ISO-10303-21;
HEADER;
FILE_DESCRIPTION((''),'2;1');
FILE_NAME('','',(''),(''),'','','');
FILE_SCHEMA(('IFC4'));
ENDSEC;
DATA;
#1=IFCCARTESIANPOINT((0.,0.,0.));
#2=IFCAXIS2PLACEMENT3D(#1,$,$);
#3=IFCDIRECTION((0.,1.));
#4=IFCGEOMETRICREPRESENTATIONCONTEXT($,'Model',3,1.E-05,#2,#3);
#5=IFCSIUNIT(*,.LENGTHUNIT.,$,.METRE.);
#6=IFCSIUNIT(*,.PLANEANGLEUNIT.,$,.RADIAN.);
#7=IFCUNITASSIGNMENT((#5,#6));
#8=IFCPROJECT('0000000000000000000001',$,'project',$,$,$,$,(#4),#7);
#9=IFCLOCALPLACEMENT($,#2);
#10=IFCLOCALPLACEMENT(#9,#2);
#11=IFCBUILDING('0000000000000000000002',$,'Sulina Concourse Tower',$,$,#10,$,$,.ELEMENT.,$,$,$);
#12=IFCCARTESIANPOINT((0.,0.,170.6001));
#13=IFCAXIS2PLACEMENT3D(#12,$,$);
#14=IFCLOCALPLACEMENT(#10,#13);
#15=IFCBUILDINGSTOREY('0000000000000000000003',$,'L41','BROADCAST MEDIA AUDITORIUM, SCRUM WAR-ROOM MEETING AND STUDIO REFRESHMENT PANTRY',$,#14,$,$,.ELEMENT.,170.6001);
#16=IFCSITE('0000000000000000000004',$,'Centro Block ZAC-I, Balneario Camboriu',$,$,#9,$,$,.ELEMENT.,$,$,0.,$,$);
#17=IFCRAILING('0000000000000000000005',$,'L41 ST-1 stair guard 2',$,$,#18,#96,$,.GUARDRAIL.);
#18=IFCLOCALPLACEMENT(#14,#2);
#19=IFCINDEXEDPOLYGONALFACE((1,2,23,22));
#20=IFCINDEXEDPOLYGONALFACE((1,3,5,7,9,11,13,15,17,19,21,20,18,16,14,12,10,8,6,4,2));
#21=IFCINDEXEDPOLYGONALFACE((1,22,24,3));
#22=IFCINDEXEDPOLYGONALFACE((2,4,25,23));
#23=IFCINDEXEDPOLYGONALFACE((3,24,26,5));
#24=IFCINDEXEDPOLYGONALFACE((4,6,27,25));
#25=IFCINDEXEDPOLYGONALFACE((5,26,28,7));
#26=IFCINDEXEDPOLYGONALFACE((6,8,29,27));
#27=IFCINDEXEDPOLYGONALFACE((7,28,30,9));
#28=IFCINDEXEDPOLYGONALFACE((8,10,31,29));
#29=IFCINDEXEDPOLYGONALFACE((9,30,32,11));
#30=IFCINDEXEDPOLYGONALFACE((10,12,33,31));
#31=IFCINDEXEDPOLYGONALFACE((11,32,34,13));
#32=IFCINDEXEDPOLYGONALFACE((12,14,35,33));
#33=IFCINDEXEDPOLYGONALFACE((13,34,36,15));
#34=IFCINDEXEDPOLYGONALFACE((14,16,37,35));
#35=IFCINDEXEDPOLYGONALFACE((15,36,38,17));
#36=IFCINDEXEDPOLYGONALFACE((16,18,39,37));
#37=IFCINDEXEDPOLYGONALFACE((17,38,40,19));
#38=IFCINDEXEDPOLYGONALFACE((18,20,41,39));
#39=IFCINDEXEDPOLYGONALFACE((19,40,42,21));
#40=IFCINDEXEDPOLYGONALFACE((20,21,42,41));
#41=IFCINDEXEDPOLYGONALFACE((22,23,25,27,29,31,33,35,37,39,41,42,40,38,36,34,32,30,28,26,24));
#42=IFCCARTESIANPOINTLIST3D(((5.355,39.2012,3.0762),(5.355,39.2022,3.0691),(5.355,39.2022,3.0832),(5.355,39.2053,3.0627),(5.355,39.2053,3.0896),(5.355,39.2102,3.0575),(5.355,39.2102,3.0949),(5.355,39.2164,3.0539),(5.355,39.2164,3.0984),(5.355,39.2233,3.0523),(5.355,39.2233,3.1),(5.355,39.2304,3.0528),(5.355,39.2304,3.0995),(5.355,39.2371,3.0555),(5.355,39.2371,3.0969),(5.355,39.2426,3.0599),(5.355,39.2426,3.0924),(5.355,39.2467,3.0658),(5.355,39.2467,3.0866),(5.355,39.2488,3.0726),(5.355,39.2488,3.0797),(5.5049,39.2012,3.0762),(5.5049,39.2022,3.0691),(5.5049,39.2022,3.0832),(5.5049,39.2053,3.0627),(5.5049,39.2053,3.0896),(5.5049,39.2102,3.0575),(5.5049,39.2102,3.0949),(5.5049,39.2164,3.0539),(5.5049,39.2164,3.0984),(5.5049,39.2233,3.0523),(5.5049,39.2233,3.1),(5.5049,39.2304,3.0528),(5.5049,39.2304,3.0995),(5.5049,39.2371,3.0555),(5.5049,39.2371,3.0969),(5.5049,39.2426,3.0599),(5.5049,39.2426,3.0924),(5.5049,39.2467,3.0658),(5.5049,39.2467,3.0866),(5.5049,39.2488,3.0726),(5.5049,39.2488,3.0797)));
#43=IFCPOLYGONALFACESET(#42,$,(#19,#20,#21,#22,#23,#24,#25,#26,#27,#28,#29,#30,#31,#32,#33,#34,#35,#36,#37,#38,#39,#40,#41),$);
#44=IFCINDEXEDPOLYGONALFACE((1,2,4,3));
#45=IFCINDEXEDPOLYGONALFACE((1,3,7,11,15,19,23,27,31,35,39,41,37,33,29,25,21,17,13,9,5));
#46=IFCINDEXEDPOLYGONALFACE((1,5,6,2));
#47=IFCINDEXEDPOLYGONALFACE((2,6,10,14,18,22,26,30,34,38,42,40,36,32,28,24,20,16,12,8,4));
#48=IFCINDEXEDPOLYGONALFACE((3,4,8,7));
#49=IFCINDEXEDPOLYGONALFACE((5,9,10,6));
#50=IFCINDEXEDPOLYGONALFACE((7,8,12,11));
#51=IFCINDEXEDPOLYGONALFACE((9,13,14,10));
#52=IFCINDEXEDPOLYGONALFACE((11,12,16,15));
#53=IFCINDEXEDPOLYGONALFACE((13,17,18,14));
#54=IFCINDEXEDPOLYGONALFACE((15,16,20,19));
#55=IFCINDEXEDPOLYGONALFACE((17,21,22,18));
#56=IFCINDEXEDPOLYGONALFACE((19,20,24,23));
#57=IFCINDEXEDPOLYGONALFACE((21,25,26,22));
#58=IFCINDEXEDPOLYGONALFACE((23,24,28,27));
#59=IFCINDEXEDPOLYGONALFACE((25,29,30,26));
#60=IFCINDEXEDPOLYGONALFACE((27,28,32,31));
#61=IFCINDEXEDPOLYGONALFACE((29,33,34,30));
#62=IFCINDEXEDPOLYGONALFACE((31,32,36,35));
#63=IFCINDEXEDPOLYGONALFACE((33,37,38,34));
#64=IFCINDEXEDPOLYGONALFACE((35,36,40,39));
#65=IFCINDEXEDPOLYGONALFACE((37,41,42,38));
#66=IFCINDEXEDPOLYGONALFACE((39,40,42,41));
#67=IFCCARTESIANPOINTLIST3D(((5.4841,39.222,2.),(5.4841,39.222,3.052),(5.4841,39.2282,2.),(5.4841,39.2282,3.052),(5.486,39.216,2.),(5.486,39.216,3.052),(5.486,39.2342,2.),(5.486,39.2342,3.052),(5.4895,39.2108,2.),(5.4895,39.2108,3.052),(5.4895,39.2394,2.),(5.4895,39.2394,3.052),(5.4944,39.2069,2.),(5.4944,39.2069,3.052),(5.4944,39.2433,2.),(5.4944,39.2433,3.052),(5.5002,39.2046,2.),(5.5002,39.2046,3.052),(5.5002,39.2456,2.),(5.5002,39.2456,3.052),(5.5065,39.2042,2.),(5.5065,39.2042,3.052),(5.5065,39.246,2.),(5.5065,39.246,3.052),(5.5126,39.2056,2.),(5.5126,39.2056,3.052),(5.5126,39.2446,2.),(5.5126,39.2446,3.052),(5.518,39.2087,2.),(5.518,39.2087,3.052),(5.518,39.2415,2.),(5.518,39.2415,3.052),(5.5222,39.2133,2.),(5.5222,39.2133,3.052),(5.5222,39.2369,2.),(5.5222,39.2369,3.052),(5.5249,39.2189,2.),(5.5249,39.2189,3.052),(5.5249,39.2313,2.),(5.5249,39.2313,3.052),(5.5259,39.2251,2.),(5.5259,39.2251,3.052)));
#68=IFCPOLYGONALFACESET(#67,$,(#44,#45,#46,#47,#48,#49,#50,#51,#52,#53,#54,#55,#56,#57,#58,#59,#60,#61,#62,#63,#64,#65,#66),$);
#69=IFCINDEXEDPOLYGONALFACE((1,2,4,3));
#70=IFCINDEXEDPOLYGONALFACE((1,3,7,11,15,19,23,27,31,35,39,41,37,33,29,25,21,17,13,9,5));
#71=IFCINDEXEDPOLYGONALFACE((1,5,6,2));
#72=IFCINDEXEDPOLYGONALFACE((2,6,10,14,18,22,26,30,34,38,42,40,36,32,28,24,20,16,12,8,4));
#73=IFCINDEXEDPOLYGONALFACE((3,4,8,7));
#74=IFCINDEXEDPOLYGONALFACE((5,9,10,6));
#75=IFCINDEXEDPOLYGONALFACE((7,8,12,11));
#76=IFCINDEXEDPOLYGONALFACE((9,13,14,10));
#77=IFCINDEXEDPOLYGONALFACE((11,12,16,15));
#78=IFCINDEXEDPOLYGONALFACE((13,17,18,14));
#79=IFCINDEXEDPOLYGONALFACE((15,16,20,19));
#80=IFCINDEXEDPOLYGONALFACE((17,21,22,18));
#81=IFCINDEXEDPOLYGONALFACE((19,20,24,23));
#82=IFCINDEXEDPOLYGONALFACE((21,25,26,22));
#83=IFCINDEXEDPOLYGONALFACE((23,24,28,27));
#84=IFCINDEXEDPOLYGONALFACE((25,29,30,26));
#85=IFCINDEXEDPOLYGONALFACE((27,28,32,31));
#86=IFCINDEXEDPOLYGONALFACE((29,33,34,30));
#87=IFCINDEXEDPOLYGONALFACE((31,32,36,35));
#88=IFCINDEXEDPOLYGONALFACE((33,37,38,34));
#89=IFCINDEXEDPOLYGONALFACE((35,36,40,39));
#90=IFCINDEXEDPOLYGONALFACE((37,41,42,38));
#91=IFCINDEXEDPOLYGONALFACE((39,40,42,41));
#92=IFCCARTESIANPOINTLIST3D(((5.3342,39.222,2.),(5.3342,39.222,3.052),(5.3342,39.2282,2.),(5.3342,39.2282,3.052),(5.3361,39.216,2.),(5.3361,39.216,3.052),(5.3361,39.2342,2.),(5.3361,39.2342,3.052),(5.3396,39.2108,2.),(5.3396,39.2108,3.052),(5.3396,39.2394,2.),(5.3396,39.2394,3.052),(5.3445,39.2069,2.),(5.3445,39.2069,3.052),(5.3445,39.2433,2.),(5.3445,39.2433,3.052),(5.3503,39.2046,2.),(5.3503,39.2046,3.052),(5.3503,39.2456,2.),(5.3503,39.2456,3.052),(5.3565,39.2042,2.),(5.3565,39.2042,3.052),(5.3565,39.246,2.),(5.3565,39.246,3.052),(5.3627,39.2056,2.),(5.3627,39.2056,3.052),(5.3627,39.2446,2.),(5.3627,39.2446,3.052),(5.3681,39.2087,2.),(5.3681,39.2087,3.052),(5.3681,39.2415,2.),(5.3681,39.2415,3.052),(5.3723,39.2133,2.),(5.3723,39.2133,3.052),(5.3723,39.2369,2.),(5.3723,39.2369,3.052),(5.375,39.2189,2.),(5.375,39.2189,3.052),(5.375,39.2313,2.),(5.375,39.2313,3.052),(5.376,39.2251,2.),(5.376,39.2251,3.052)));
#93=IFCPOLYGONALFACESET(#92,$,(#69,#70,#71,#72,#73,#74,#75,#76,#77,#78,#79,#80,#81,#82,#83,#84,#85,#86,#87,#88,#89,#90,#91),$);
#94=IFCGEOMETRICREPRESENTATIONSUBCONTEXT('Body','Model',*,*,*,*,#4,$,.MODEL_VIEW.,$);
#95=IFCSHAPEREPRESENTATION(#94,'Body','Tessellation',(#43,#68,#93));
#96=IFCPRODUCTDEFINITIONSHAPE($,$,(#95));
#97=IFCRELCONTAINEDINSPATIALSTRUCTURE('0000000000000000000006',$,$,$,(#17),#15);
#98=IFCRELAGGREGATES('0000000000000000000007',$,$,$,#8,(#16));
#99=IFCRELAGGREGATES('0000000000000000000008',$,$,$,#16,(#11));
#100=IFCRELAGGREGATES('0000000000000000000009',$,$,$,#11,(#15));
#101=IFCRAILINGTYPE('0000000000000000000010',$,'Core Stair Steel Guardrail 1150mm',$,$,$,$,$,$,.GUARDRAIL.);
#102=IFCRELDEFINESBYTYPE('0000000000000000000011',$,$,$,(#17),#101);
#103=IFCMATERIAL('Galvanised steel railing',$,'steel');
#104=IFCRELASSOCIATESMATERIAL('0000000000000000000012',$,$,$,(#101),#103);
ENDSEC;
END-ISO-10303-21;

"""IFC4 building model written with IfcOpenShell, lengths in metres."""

from ifc_helpers import new_model, si_unit, direction, frame, origin, origin_2d, place, context, subcontext, project, spatial, circle, extrude, material, type_object, element, save


model = new_model("IFC4")

# Units and contexts
model_context = context("Model", 3, precision=1e-05, world=origin(), true_north=direction((0.0, 1.0)))
body_context = subcontext(model_context, "Body", "Model", "MODEL_VIEW")
ifc_project = project(units=[si_unit("LENGTHUNIT", "METRE"), si_unit("PLANEANGLEUNIT", "RADIAN")], contexts=[model_context])

# Site, building, storey
site_placement = place(None, origin())
site = spatial("IfcSite", under=ifc_project, at=site_placement, Name="Centro Block ZAC-I, Balneario Camboriu", CompositionType="ELEMENT", RefElevation=0.0)
building_placement = place(site_placement, origin())
building = spatial("IfcBuilding", under=site, at=building_placement, Name="Sulina Concourse Tower", CompositionType="ELEMENT")
storey_placement = place(building_placement, frame((0.0, 0.0, 170.6001)))
storey = spatial("IfcBuildingStorey", under=building, at=storey_placement, Name="L41", Description="BROADCAST MEDIA AUDITORIUM, SCRUM WAR-ROOM MEETING AND STUDIO REFRESHMENT PANTRY", CompositionType="ELEMENT", Elevation=170.6001)

# Railing
ifc_material_1 = material(Name="Galvanised steel railing", Category="steel")
railing_type_1 = type_object("IfcRailingType", Name="Core Stair Steel Guardrail 1150mm", PredefinedType="GUARDRAIL", material=ifc_material_1)
railing_1_placement = place(storey_placement, frame((5.5049, 39.2251, 2.0)))
element("IfcRailing", 1, at=railing_1_placement, inside=storey, type_object=railing_type_1, Name="L41 ST-1 stair guard 2", PredefinedType="GUARDRAIL", context=body_context, shape_type="SweptSolid", body=[
    extrude(circle(Radius=0.0239, at=origin_2d()), frame((0.0, 0.0, 1.0762), z_axis=(-1.0, 0.0, 0.0), x_axis=(0.0, -1.0, 0.0)), (0.0, 0.0, 1.0), 0.1499),
    extrude(circle(Radius=0.021, at=origin_2d()), origin(), (0.0, 0.0, 1.0), 1.052),
    extrude(circle(Radius=0.021, at=origin_2d()), frame((-0.1499, 0.0, 0.0)), (0.0, 0.0, 1.0), 1.052),
])

save(model, "model.ifc")
